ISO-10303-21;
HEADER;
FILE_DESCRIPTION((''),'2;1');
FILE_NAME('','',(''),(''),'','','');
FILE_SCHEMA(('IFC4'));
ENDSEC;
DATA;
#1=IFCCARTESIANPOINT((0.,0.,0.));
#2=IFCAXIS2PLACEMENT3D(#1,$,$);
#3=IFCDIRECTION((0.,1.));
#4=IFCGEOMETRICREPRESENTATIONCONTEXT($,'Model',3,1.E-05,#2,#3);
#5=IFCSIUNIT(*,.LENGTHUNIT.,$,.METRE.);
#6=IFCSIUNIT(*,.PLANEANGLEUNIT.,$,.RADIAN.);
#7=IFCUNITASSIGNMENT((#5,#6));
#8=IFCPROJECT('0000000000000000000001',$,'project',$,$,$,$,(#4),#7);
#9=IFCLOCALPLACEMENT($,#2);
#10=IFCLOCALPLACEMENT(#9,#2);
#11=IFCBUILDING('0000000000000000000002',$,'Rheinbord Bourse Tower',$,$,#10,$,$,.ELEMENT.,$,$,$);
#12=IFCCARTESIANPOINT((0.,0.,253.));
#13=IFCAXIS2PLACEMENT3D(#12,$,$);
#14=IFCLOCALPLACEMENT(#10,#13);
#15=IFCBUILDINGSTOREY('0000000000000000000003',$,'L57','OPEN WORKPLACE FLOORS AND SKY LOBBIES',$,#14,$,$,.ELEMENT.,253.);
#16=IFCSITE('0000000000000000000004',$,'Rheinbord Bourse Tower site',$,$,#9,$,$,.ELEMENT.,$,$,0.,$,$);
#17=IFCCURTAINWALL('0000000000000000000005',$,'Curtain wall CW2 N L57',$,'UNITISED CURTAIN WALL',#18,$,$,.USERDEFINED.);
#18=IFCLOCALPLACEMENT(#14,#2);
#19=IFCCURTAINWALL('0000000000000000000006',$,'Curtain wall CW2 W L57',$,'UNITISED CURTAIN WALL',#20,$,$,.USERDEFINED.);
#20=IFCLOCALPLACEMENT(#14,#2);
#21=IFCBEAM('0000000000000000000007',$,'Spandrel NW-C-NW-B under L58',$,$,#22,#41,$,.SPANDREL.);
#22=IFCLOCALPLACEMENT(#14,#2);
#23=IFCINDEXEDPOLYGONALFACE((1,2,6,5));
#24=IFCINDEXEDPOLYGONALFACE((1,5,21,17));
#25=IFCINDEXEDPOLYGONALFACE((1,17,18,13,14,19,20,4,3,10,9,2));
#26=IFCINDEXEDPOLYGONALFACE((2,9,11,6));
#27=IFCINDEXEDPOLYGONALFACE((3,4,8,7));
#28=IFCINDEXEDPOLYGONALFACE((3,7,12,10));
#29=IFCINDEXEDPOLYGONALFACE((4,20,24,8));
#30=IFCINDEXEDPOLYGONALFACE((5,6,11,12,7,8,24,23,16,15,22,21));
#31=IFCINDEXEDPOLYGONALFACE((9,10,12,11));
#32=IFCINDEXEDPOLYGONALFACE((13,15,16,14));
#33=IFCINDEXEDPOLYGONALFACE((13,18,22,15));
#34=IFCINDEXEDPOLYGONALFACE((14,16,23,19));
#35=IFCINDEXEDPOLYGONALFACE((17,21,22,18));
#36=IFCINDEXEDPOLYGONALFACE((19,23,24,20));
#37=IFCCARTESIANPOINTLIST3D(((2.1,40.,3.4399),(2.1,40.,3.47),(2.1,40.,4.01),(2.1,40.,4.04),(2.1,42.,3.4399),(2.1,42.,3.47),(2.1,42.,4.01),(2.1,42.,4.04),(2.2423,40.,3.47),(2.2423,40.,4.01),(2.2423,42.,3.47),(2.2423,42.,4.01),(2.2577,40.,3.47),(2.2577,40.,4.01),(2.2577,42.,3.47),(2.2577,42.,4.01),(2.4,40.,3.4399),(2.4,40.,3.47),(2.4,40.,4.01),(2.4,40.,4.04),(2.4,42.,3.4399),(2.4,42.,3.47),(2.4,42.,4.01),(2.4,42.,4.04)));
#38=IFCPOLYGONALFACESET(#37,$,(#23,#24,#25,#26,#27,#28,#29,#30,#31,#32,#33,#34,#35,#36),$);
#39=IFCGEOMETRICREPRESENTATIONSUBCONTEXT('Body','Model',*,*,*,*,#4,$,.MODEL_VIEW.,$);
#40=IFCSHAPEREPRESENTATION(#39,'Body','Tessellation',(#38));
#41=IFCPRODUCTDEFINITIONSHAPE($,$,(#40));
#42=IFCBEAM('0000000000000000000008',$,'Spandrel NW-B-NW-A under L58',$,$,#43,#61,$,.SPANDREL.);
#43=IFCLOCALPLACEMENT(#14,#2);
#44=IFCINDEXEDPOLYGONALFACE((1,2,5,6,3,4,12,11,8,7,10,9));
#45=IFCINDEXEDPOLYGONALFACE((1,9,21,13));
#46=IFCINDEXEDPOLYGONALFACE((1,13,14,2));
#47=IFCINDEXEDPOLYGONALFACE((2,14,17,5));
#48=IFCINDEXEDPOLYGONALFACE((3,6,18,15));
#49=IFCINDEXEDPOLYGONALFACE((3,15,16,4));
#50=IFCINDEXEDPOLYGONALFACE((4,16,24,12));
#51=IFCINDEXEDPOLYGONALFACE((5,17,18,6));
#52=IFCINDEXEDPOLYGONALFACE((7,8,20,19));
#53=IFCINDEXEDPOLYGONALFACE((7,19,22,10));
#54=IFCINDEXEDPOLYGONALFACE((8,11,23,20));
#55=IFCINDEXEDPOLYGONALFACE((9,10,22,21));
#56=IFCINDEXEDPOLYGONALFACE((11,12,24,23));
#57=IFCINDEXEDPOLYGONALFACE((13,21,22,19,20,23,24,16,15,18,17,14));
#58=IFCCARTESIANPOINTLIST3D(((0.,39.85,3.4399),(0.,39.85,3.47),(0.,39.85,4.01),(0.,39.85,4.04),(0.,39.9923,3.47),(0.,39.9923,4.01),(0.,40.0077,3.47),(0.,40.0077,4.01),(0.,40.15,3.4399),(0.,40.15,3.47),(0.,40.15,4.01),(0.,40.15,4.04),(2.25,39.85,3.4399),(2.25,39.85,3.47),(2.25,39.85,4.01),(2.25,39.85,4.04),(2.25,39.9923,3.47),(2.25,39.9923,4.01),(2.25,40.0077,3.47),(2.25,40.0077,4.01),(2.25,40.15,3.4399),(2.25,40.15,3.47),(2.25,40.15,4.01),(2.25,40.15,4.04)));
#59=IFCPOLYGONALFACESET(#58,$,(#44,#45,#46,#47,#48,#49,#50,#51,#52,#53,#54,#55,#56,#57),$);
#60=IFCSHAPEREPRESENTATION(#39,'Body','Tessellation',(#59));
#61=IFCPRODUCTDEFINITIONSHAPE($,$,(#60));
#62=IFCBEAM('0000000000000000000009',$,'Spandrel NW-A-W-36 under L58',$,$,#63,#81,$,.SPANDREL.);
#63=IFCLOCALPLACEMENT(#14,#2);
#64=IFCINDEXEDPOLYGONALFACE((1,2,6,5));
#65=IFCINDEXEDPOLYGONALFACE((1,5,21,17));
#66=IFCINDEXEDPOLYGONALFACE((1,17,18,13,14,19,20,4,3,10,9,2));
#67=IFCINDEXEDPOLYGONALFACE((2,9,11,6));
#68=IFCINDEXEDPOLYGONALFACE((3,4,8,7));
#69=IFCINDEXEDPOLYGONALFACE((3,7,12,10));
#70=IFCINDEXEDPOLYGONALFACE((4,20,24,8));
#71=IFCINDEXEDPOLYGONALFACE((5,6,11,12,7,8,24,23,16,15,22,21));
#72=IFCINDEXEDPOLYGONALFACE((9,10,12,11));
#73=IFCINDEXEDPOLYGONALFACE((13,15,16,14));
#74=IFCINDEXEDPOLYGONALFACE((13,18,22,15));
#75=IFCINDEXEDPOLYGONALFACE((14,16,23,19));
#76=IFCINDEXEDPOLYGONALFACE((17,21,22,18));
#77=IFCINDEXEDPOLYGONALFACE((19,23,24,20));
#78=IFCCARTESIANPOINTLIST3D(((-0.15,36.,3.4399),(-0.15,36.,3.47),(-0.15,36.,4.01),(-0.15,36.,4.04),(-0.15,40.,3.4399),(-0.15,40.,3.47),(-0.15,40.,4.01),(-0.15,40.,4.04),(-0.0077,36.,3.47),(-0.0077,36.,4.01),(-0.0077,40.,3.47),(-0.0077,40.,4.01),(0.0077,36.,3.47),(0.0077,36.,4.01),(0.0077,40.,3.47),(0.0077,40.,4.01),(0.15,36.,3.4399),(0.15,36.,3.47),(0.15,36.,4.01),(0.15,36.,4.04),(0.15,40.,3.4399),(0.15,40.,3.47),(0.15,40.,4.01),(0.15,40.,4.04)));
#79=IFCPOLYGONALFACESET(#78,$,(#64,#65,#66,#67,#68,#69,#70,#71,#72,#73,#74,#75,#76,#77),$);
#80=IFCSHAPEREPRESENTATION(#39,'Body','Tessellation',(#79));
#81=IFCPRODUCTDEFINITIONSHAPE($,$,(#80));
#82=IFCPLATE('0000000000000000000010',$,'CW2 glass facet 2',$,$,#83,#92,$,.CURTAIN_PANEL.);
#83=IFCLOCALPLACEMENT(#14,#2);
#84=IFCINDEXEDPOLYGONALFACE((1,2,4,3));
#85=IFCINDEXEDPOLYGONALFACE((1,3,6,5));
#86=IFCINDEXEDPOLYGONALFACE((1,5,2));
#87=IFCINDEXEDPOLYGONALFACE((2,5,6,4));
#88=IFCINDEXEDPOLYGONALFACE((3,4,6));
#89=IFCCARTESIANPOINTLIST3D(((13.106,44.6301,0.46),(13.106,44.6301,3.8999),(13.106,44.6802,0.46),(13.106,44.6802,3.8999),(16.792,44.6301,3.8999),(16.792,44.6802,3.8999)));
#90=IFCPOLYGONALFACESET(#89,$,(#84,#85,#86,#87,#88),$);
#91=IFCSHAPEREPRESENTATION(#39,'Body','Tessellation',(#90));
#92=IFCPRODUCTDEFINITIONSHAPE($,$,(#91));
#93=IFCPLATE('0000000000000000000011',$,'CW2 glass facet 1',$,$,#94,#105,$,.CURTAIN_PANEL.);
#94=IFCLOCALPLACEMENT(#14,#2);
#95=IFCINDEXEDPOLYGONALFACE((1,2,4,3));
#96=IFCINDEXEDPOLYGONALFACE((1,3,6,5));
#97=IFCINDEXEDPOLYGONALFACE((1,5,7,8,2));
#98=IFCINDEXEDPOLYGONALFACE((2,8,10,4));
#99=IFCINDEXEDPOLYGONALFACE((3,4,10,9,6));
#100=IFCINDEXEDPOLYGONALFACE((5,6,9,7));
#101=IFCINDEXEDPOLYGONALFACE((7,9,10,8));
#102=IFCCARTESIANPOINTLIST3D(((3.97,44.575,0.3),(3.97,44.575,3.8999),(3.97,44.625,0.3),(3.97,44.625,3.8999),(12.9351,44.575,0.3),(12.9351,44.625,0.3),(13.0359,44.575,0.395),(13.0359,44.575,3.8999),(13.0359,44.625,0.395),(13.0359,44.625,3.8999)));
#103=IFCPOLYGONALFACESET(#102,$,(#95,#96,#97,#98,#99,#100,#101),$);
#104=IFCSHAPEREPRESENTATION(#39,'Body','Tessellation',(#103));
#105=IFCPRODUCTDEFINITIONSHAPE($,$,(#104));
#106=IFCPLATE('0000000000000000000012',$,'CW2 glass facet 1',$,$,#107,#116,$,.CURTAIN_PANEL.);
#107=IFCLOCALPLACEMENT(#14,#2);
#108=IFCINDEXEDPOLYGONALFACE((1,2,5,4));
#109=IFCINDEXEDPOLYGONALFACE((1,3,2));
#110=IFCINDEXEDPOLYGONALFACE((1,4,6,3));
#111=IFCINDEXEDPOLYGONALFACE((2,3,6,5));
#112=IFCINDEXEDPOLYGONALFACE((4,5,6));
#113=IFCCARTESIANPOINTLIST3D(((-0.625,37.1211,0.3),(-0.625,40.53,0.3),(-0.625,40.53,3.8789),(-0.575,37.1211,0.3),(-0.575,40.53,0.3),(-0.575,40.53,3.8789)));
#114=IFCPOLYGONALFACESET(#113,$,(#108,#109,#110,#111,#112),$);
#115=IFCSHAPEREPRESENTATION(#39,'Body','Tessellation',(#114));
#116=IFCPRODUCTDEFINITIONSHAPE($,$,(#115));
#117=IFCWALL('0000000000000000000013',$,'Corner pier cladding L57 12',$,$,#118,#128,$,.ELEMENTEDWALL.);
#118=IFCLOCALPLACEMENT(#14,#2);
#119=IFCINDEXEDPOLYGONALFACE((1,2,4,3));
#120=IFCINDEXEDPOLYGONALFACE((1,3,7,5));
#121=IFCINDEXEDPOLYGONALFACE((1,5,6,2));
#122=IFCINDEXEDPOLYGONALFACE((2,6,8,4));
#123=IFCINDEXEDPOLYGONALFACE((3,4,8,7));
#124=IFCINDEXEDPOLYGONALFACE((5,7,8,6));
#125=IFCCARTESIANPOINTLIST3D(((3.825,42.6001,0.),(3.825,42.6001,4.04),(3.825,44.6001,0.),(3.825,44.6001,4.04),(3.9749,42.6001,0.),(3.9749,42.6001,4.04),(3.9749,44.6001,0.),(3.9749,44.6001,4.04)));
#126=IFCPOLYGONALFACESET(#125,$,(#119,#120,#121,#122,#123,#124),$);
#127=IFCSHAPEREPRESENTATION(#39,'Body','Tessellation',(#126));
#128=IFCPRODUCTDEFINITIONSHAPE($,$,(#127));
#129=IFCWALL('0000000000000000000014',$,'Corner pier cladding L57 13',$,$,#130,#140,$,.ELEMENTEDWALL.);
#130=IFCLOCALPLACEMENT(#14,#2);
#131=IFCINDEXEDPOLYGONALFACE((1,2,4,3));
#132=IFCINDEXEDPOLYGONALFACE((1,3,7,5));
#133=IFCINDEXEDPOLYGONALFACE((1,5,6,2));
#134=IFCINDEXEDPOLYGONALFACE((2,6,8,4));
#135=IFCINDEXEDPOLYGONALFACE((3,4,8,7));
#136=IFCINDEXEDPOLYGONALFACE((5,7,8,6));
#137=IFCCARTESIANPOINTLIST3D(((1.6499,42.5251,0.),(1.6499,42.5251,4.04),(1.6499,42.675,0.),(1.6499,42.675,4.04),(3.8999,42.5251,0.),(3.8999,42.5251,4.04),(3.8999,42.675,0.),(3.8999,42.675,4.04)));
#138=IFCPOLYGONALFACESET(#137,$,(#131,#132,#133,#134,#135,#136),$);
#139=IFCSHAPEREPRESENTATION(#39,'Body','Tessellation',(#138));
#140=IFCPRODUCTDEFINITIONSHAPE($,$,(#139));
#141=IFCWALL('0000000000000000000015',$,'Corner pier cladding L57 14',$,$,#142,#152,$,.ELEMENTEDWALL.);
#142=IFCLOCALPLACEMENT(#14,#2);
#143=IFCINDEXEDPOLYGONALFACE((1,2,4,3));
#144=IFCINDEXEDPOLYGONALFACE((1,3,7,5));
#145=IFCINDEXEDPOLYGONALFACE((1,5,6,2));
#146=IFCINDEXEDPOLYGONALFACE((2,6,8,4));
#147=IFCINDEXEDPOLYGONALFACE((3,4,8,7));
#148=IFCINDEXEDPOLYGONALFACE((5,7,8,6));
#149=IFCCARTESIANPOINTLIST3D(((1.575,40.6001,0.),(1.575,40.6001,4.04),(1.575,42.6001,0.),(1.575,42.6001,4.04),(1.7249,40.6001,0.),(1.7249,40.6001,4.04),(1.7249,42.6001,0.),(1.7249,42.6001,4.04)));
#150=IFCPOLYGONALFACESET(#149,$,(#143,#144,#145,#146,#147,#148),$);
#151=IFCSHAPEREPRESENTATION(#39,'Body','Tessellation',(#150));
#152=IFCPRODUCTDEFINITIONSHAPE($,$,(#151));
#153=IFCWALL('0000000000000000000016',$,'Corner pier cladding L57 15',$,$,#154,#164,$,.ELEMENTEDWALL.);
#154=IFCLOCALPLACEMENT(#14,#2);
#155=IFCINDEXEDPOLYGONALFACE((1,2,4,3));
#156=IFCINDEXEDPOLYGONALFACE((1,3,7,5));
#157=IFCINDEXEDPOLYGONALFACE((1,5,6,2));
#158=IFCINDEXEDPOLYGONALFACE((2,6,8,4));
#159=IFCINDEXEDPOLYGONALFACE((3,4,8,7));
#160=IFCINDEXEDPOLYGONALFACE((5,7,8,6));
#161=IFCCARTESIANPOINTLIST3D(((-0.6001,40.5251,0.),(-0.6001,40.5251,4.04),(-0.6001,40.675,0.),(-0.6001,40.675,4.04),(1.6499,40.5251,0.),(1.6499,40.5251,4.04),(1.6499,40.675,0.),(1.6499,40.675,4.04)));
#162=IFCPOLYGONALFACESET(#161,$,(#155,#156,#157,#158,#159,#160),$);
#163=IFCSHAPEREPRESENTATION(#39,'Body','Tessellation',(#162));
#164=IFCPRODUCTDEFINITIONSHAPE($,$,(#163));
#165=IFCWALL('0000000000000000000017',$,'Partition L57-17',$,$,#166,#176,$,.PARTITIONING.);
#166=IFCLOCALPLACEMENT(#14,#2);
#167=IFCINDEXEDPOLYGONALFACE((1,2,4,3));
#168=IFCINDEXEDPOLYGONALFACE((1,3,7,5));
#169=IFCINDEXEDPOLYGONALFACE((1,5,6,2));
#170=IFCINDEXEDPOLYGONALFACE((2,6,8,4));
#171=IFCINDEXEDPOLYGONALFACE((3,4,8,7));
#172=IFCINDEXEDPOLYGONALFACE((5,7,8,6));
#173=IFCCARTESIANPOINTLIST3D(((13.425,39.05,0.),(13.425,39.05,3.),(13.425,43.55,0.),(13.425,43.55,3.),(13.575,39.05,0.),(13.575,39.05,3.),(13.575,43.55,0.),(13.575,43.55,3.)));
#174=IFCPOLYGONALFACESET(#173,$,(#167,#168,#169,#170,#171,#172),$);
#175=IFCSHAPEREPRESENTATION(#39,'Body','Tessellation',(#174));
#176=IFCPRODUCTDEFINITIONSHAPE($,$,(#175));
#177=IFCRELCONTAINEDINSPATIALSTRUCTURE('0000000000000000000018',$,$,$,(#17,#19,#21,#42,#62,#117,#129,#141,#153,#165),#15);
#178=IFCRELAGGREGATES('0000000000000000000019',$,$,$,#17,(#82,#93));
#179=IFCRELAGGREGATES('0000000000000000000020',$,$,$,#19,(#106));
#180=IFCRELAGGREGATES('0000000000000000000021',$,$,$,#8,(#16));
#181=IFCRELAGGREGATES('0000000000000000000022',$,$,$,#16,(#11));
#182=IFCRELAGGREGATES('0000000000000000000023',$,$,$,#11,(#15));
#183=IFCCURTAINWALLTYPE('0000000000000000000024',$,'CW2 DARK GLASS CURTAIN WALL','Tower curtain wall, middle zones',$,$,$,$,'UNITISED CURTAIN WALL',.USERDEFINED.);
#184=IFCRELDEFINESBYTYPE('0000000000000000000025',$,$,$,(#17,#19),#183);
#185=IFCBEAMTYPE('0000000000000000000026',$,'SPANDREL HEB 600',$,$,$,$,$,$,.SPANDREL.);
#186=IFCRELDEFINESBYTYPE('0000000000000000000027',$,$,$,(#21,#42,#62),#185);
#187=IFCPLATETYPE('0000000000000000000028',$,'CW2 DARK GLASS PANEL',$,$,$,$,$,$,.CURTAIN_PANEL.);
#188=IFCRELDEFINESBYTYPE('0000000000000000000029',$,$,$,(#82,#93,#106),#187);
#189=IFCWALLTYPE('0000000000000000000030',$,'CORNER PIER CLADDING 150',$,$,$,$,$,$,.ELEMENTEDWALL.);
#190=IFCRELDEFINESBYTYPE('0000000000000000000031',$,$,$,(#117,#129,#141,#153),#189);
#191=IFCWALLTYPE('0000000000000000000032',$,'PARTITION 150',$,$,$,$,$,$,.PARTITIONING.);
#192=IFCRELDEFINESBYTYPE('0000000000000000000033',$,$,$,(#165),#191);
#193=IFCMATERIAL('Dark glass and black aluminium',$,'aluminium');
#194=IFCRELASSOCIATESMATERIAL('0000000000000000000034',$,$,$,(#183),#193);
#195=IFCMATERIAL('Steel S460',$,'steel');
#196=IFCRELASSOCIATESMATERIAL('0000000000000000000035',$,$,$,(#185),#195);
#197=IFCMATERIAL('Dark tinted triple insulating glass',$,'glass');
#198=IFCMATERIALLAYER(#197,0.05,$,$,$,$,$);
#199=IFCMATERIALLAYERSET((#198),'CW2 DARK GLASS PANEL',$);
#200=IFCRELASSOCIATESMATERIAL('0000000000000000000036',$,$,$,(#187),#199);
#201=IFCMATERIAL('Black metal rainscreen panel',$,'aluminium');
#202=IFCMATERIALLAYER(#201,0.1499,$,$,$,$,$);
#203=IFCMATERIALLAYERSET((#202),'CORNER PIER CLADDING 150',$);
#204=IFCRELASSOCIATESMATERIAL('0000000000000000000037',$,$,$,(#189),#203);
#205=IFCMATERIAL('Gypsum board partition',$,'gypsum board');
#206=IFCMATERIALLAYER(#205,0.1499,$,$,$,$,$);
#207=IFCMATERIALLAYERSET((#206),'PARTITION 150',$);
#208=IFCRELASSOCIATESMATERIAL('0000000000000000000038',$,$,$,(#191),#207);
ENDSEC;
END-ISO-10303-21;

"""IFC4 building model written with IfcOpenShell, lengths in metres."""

from ifc_helpers import new_model, si_unit, direction, frame, frame_2d, origin, origin_2d, place, context, subcontext, project, spatial, polyline, rectangle, i_section, outline, extrude, material, layer, layer_set, material_profile, profile_set, type_object, element, aggregate, save


model = new_model("IFC4")

# Units and contexts
model_context = context("Model", 3, precision=1e-05, world=origin(), true_north=direction((0.0, 1.0)))
body_context = subcontext(model_context, "Body", "Model", "MODEL_VIEW")
ifc_project = project(units=[si_unit("LENGTHUNIT", "METRE"), si_unit("PLANEANGLEUNIT", "RADIAN")], contexts=[model_context])

# Site, building, storey
site_placement = place(None, origin())
site = spatial("IfcSite", under=ifc_project, at=site_placement, Name="Rheinbord Bourse Tower site", CompositionType="ELEMENT", RefElevation=0.0)
building_placement = place(site_placement, origin())
building = spatial("IfcBuilding", under=site, at=building_placement, Name="Rheinbord Bourse Tower", CompositionType="ELEMENT")
storey_placement = place(building_placement, frame((0.0, 0.0, 253.0)))
storey = spatial("IfcBuildingStorey", under=building, at=storey_placement, Name="L57", Description="OPEN WORKPLACE FLOORS AND SKY LOBBIES", CompositionType="ELEMENT", Elevation=253.0)

# Curtain wall
ifc_material_1 = material(Name="Dark glass and black aluminium", Category="aluminium")
curtain_wall_type = type_object("IfcCurtainWallType", Name="CW2 DARK GLASS CURTAIN WALL", Description="Tower curtain wall, middle zones", ElementType="UNITISED CURTAIN WALL", PredefinedType="USERDEFINED", material=ifc_material_1)
curtain_wall_1_placement = place(storey_placement, origin())
curtain_wall_1 = element("IfcCurtainWall", 1, at=curtain_wall_1_placement, inside=storey, type_object=curtain_wall_type, Name="Curtain wall CW2 N L57", ObjectType="UNITISED CURTAIN WALL", PredefinedType="USERDEFINED")

# Curtain wall
curtain_wall_2_placement = place(storey_placement, origin())
curtain_wall_2 = element("IfcCurtainWall", 2, at=curtain_wall_2_placement, inside=storey, type_object=curtain_wall_type, Name="Curtain wall CW2 W L57", ObjectType="UNITISED CURTAIN WALL", PredefinedType="USERDEFINED")

# Beams
ifc_material_2 = material(Name="Steel S460", Category="steel")
ifc_material_profile_1 = material_profile(ifc_material_2, i_section(OverallWidth=0.3, OverallDepth=0.6001, WebThickness=0.0154, FlangeThickness=0.03, at=origin_2d()), Name="HEB 600")
ifc_profile_set_1 = profile_set([ifc_material_profile_1], Name="Steel S460")
beam_type_1 = type_object("IfcBeamType", Name="SPANDREL HEB 600", PredefinedType="SPANDREL", material=ifc_profile_set_1)
beam_1_placement = place(storey_placement, frame((2.25, 42.0, 3.74), z_axis=(0.0, -1.0, 0.0), x_axis=(1.0, 0.0, 0.0)))
element("IfcBeam", 3, at=beam_1_placement, inside=storey, type_object=beam_type_1, Name="Spandrel NW-C-NW-B under L58", PredefinedType="SPANDREL", context=body_context, shape_type="SweptSolid", body=[
    extrude(i_section(OverallWidth=0.3, OverallDepth=0.6001, WebThickness=0.0154, FlangeThickness=0.03, at=origin_2d()), origin(), (0.0, 0.0, 1.0), 2.0),
])
beam_2_placement = place(storey_placement, frame((2.25, 40.0, 3.74), z_axis=(-1.0, 0.0, 0.0), x_axis=(0.0, -1.0, 0.0)))
element("IfcBeam", 4, at=beam_2_placement, inside=storey, type_object=beam_type_1, Name="Spandrel NW-B-NW-A under L58", PredefinedType="SPANDREL", context=body_context, shape_type="SweptSolid", body=[
    extrude(i_section(OverallWidth=0.3, OverallDepth=0.6001, WebThickness=0.0154, FlangeThickness=0.03, at=origin_2d()), origin(), (0.0, 0.0, 1.0), 2.25),
])
beam_3_placement = place(storey_placement, frame((0.0, 40.0, 3.74), z_axis=(0.0, -1.0, 0.0), x_axis=(1.0, 0.0, 0.0)))
element("IfcBeam", 5, at=beam_3_placement, inside=storey, type_object=beam_type_1, Name="Spandrel NW-A-W-36 under L58", PredefinedType="SPANDREL", context=body_context, shape_type="SweptSolid", body=[
    extrude(i_section(OverallWidth=0.3, OverallDepth=0.6001, WebThickness=0.0154, FlangeThickness=0.03, at=origin_2d()), origin(), (0.0, 0.0, 1.0), 4.0),
])

# Plates
ifc_material_3 = material(Name="Dark tinted triple insulating glass", Category="glass")
ifc_layer_1 = layer(ifc_material_3, 0.05)
ifc_layer_set_1 = layer_set([ifc_layer_1], Name="CW2 DARK GLASS PANEL")
plate_type = type_object("IfcPlateType", Name="CW2 DARK GLASS PANEL", PredefinedType="CURTAIN_PANEL", material=ifc_layer_set_1)
plate_1_placement = place(storey_placement, frame((13.106, 44.6802, 3.8999), z_axis=(0.0, -1.0, 0.0), x_axis=(0.0, 0.0, -1.0)))
plate_1 = element("IfcPlate", 6, at=plate_1_placement, type_object=plate_type, Name="CW2 glass facet 2", PredefinedType="CURTAIN_PANEL", context=body_context, shape_type="SweptSolid", body=[
    extrude(outline(polyline([(0.0, 0.0), (3.4399, 0.0), (0.0, 3.686), (0.0, 0.0)])), origin(), (0.0, 0.0, 1.0), 0.05),
])
plate_2_placement = place(storey_placement, frame((13.0359, 44.625, 3.8999), z_axis=(0.0, -1.0, 0.0), x_axis=(-1.0, 0.0, 0.0)))
plate_2 = element("IfcPlate", 7, at=plate_2_placement, type_object=plate_type, Name="CW2 glass facet 1", PredefinedType="CURTAIN_PANEL", context=body_context, shape_type="SweptSolid", body=[
    extrude(outline(polyline([(0.0, 0.0), (9.0659, 0.0), (9.0659, 3.5999), (0.1008, 3.5999), (0.0, 3.5049), (0.0, 0.0)])), origin(), (0.0, 0.0, 1.0), 0.05),
])
aggregate(curtain_wall_1, [plate_1, plate_2])
plate_3_placement = place(storey_placement, frame((-0.625, 40.53, 0.3), z_axis=(1.0, 0.0, 0.0), x_axis=(0.0, 0.0, 1.0)))
plate_3 = element("IfcPlate", 8, at=plate_3_placement, type_object=plate_type, Name="CW2 glass facet 1", PredefinedType="CURTAIN_PANEL", context=body_context, shape_type="SweptSolid", body=[
    extrude(outline(polyline([(0.0, 0.0), (3.5789, 0.0), (0.0, 3.4089), (0.0, 0.0)])), origin(), (0.0, 0.0, 1.0), 0.05),
])
aggregate(curtain_wall_2, [plate_3])

# Walls
ifc_material_4 = material(Name="Black metal rainscreen panel", Category="aluminium")
ifc_layer_2 = layer(ifc_material_4, 0.1499)
ifc_layer_set_2 = layer_set([ifc_layer_2], Name="CORNER PIER CLADDING 150")
wall_type_1 = type_object("IfcWallType", Name="CORNER PIER CLADDING 150", PredefinedType="ELEMENTEDWALL", material=ifc_layer_set_2)
wall_1_placement = place(storey_placement, frame((3.8999, 44.6001, 0.0), z_axis=(0.0, 0.0, 1.0), x_axis=(0.0, -1.0, 0.0)))
element("IfcWall", 9, at=wall_1_placement, inside=storey, type_object=wall_type_1, Name="Corner pier cladding L57 12", PredefinedType="ELEMENTEDWALL", context=body_context, shape_type="SweptSolid", body=[
    extrude(rectangle(XDim=2.0, YDim=0.1499, at=frame_2d((1.0, 0.0))), origin(), (0.0, 0.0, 1.0), 4.04),
])
wall_2_placement = place(storey_placement, frame((3.8999, 42.6001, 0.0), z_axis=(0.0, 0.0, 1.0), x_axis=(-1.0, 0.0, 0.0)))
element("IfcWall", 10, at=wall_2_placement, inside=storey, type_object=wall_type_1, Name="Corner pier cladding L57 13", PredefinedType="ELEMENTEDWALL", context=body_context, shape_type="SweptSolid", body=[
    extrude(rectangle(XDim=2.25, YDim=0.1499, at=frame_2d((1.125, 0.0))), origin(), (0.0, 0.0, 1.0), 4.04),
])
wall_3_placement = place(storey_placement, frame((1.6499, 42.6001, 0.0), z_axis=(0.0, 0.0, 1.0), x_axis=(0.0, -1.0, 0.0)))
element("IfcWall", 11, at=wall_3_placement, inside=storey, type_object=wall_type_1, Name="Corner pier cladding L57 14", PredefinedType="ELEMENTEDWALL", context=body_context, shape_type="SweptSolid", body=[
    extrude(rectangle(XDim=2.0, YDim=0.1499, at=frame_2d((1.0, 0.0))), origin(), (0.0, 0.0, 1.0), 4.04),
])
wall_4_placement = place(storey_placement, frame((1.6499, 40.6001, 0.0), z_axis=(0.0, 0.0, 1.0), x_axis=(-1.0, 0.0, 0.0)))
element("IfcWall", 12, at=wall_4_placement, inside=storey, type_object=wall_type_1, Name="Corner pier cladding L57 15", PredefinedType="ELEMENTEDWALL", context=body_context, shape_type="SweptSolid", body=[
    extrude(rectangle(XDim=2.25, YDim=0.1499, at=frame_2d((1.125, 0.0))), origin(), (0.0, 0.0, 1.0), 4.04),
])
ifc_material_5 = material(Name="Gypsum board partition", Category="gypsum board")
ifc_layer_3 = layer(ifc_material_5, 0.1499)
ifc_layer_set_3 = layer_set([ifc_layer_3], Name="PARTITION 150")
wall_type_2 = type_object("IfcWallType", Name="PARTITION 150", PredefinedType="PARTITIONING", material=ifc_layer_set_3)
wall_5_placement = place(storey_placement, frame((13.5, 39.05, 0.0), z_axis=(0.0, 0.0, 1.0), x_axis=(0.0, 1.0, 0.0)))
element("IfcWall", 13, at=wall_5_placement, inside=storey, type_object=wall_type_2, Name="Partition L57-17", PredefinedType="PARTITIONING", context=body_context, shape_type="SweptSolid", body=[
    extrude(rectangle(XDim=4.5, YDim=0.1499, at=frame_2d((2.25, 0.0))), origin(), (0.0, 0.0, 1.0), 3.0),
])

save(model, "model.ifc")
